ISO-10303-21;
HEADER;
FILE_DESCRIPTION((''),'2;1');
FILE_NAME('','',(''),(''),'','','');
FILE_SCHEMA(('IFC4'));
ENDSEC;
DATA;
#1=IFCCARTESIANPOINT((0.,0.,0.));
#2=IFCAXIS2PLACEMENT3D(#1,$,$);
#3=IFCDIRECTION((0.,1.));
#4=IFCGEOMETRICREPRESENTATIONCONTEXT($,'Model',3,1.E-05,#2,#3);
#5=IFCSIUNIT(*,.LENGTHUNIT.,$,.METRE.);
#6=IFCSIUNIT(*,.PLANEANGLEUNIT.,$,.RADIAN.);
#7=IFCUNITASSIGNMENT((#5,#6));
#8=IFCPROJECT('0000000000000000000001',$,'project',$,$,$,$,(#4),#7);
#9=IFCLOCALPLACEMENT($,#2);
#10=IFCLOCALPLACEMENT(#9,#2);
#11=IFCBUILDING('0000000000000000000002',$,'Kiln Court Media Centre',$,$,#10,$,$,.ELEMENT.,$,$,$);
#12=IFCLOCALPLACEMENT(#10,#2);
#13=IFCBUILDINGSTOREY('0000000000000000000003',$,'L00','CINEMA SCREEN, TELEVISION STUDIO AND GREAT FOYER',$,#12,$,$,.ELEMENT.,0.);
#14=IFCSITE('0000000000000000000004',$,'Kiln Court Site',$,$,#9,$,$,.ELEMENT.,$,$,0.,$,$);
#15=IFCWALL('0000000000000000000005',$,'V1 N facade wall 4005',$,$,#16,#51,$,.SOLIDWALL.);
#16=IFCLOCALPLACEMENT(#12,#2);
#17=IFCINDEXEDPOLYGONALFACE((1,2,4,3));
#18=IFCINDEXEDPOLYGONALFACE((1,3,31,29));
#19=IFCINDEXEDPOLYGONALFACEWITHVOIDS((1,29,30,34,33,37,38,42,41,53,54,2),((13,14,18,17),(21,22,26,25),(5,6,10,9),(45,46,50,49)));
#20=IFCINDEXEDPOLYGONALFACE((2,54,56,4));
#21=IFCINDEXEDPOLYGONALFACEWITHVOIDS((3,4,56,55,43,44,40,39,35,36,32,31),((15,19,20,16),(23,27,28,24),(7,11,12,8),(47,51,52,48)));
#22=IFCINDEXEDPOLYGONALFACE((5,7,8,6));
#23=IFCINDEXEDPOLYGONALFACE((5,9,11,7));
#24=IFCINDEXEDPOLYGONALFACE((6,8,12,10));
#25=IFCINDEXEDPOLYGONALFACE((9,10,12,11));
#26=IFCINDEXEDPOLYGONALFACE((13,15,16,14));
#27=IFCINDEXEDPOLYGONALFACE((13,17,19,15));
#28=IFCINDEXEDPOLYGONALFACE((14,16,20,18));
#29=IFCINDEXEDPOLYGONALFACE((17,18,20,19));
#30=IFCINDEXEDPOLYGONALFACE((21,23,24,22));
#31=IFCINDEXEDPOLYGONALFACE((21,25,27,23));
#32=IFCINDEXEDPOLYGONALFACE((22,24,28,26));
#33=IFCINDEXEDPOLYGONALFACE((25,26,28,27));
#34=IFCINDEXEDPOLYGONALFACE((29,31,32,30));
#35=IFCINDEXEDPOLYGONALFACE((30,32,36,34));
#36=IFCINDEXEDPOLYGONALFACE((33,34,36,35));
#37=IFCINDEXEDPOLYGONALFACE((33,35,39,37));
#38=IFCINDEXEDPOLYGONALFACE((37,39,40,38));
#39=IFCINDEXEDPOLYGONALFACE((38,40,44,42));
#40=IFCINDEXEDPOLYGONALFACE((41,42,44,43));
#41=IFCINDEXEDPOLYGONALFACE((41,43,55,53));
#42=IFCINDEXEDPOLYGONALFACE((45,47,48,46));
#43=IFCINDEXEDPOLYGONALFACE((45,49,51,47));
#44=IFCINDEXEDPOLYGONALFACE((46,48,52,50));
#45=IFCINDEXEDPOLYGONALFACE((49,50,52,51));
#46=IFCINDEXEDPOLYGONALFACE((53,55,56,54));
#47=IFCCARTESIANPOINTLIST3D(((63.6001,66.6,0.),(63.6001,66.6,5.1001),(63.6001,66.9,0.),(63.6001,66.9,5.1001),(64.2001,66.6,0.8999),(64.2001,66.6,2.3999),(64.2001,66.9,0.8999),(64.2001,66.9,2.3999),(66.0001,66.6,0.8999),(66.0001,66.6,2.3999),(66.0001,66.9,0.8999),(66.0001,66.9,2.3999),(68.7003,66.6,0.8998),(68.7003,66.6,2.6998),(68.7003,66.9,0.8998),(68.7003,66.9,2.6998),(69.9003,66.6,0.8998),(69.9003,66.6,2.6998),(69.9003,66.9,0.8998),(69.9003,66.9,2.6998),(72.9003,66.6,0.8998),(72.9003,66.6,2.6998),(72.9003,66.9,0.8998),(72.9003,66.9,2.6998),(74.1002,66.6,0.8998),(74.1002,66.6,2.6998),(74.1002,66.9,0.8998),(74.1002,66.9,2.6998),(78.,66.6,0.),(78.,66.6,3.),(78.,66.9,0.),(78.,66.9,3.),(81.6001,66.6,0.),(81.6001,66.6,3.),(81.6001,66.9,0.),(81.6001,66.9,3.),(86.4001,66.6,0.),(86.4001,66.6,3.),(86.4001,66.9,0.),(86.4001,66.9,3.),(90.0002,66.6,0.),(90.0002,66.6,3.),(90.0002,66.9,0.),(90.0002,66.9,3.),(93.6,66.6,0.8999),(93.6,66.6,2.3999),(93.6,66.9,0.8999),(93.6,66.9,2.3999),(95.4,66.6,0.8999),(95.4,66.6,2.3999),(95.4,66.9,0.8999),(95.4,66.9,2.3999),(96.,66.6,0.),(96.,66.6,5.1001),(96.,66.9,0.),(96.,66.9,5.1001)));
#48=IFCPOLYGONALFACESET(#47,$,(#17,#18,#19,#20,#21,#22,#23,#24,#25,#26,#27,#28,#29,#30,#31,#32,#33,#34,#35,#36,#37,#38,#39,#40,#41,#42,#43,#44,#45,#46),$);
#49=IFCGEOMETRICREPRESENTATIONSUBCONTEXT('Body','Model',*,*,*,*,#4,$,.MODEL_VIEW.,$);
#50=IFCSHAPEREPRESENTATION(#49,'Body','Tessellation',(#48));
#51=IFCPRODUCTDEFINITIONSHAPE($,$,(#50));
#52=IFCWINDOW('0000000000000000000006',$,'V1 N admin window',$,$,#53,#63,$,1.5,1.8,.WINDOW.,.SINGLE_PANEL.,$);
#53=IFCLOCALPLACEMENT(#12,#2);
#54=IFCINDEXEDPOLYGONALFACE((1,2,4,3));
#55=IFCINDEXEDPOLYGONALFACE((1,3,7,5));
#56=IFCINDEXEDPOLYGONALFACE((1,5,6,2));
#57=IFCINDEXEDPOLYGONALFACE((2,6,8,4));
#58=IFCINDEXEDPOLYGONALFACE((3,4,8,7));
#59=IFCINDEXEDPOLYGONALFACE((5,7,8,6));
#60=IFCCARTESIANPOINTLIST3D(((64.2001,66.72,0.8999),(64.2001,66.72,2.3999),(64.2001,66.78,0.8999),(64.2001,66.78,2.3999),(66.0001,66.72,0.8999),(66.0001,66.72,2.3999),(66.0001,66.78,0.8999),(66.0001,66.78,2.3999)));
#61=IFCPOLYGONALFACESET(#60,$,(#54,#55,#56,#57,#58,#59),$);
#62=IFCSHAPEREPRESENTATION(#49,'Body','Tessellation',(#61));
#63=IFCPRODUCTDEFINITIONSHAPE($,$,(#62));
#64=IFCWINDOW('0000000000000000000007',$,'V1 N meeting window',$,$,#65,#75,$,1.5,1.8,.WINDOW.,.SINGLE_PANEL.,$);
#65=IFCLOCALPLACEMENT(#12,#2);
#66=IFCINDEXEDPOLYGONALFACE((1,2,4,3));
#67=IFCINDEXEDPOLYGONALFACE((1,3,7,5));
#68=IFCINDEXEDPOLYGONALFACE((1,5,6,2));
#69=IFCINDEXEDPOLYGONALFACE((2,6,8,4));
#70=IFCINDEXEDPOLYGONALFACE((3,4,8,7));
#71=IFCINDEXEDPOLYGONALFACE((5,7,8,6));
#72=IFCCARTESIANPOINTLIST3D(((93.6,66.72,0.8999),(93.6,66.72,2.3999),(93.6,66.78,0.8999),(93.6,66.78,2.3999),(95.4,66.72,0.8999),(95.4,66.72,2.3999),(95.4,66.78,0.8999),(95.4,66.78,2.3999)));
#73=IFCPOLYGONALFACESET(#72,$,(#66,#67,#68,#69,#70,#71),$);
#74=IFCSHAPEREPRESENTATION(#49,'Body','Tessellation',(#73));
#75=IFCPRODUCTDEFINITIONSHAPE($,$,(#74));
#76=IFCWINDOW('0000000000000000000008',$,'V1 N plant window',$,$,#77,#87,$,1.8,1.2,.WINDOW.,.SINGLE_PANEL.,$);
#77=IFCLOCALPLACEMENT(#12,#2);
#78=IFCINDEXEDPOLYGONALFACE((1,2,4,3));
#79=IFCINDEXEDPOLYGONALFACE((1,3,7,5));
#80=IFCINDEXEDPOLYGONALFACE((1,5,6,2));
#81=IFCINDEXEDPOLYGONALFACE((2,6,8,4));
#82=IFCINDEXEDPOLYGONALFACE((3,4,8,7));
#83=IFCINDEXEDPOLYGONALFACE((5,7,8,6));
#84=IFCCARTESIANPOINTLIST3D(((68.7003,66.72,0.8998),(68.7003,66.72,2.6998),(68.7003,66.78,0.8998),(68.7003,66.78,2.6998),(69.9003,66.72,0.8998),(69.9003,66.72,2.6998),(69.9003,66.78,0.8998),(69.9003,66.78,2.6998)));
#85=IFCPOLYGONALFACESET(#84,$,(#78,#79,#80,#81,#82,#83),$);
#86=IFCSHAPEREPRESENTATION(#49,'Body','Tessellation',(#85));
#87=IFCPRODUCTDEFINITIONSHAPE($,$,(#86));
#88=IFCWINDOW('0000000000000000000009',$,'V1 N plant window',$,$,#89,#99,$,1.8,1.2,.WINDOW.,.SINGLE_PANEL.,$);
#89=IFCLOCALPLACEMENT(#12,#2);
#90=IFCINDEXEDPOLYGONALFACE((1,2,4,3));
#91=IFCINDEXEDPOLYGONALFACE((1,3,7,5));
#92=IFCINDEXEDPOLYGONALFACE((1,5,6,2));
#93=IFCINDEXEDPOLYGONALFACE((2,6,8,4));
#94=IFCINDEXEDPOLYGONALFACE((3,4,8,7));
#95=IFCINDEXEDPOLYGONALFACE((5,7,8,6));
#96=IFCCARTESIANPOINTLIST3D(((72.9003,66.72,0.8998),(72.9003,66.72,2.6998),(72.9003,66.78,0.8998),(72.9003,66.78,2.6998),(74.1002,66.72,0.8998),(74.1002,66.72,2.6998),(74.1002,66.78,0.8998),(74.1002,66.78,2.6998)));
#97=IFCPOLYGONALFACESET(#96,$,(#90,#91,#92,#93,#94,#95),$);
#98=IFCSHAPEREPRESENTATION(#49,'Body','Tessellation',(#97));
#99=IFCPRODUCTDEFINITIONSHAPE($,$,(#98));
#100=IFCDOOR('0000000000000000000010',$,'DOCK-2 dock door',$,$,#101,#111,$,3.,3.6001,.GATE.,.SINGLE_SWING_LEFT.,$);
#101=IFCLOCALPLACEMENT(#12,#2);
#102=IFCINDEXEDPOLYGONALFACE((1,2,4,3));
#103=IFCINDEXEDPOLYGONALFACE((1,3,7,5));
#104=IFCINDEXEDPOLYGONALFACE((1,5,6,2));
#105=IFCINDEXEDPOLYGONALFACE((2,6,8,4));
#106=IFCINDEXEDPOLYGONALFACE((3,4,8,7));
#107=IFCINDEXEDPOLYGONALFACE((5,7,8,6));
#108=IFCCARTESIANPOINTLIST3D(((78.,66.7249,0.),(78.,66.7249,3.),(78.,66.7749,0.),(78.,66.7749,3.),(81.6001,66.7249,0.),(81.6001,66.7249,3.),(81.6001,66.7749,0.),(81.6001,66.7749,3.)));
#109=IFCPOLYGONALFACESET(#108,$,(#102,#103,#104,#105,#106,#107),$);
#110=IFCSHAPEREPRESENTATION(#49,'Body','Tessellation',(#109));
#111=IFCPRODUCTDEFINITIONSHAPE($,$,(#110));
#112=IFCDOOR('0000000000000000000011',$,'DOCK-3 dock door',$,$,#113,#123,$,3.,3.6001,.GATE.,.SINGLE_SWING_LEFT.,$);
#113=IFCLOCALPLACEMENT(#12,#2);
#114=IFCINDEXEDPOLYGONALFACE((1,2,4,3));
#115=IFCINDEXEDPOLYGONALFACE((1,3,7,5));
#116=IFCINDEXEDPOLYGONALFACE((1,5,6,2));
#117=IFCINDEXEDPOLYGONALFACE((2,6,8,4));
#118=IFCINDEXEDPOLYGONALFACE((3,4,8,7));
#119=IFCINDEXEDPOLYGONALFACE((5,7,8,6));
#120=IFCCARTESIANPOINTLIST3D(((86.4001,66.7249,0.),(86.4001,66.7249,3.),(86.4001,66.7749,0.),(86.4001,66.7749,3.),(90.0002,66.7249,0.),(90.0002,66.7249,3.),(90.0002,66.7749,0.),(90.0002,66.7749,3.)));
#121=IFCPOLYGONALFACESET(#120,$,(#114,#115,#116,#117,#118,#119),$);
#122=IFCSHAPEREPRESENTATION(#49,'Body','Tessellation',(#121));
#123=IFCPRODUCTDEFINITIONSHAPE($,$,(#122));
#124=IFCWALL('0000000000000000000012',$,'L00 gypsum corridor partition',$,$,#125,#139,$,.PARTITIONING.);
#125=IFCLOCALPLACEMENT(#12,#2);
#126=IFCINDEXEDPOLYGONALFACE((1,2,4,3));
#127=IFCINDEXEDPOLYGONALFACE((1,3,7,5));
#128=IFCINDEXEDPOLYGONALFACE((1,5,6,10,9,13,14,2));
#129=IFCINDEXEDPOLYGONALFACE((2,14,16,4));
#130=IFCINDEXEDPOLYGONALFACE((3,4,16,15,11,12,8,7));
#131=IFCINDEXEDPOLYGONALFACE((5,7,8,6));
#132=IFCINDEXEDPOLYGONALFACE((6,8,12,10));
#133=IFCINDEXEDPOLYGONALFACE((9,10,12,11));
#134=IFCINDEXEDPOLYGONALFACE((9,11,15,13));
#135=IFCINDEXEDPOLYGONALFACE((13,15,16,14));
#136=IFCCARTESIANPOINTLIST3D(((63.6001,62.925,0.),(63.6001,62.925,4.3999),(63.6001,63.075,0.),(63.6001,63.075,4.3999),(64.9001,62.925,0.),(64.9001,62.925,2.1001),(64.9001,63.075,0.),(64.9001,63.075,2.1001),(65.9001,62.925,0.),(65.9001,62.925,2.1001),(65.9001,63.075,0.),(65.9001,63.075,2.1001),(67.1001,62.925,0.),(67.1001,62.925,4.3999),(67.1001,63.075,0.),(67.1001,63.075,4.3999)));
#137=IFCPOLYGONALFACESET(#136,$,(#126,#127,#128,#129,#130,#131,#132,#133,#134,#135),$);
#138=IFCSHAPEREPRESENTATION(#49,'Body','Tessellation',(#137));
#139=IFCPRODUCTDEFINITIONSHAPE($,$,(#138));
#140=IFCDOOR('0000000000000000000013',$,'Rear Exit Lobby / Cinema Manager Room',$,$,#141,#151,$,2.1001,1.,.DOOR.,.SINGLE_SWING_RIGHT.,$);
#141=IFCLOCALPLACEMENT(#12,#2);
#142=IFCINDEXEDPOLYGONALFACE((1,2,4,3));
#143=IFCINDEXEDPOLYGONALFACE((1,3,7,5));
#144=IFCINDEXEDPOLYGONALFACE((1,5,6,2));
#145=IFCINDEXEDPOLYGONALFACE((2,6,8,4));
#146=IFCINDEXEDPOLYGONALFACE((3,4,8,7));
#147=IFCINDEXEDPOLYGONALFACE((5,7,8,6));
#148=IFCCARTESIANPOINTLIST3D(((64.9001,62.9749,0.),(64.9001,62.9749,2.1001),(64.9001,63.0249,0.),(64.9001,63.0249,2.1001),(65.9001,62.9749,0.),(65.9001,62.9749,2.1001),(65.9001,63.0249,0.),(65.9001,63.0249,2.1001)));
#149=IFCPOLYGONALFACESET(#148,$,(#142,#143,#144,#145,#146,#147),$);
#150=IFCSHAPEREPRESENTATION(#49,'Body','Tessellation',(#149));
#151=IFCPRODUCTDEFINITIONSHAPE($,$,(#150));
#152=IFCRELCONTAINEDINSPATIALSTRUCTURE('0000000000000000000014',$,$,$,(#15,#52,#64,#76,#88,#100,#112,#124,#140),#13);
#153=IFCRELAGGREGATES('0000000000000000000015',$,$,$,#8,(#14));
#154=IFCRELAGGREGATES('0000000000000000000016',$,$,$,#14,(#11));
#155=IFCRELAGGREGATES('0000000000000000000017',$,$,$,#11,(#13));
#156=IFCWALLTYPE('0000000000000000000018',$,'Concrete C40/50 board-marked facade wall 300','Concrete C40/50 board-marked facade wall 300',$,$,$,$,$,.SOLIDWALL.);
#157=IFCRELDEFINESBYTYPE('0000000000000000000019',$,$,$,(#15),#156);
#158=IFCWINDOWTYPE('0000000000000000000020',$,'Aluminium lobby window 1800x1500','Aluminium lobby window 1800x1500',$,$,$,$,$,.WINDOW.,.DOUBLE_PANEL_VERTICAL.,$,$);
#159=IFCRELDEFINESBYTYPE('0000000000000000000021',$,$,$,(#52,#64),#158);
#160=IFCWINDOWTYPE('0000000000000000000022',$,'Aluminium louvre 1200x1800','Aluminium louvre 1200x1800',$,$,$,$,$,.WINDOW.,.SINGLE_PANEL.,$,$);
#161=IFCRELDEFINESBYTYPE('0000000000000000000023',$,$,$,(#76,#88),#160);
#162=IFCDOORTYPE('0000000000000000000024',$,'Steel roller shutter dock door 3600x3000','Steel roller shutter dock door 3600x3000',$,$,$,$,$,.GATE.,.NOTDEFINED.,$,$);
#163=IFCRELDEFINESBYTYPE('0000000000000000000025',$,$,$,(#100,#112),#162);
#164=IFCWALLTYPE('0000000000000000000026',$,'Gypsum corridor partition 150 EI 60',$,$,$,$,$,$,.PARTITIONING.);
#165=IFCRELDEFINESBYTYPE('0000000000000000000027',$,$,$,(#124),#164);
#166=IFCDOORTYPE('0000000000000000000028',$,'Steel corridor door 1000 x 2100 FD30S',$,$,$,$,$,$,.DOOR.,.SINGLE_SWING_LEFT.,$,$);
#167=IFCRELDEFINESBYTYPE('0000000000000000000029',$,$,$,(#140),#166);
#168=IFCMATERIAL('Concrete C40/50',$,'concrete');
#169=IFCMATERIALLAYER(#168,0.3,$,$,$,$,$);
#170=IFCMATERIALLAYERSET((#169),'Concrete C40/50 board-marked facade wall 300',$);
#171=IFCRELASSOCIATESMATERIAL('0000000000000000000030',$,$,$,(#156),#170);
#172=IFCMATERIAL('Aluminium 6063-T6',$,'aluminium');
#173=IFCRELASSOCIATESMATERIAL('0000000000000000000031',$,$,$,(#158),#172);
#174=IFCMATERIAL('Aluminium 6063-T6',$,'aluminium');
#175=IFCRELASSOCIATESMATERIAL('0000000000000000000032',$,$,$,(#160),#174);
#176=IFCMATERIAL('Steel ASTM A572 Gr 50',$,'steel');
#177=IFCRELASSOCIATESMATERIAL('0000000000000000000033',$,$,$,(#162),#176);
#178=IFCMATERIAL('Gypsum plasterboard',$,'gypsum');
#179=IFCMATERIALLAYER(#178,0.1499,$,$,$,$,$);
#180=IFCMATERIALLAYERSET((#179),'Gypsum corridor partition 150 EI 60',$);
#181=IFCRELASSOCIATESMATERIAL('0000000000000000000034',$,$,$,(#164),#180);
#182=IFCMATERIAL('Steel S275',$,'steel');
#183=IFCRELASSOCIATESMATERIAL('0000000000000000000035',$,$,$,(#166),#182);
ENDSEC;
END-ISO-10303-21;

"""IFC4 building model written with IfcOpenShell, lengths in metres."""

from ifc_helpers import new_model, si_unit, direction, frame, frame_2d, origin, place, context, subcontext, project, spatial, rectangle, extrude, material, layer, layer_set, type_object, element, fill, save


model = new_model("IFC4")

# Units and contexts
model_context = context("Model", 3, precision=1e-05, world=origin(), true_north=direction((0.0, 1.0)))
body_context = subcontext(model_context, "Body", "Model", "MODEL_VIEW")
ifc_project = project(units=[si_unit("LENGTHUNIT", "METRE"), si_unit("PLANEANGLEUNIT", "RADIAN")], contexts=[model_context])

# Site, building, storey
site_placement = place(None, origin())
site = spatial("IfcSite", under=ifc_project, at=site_placement, Name="Kiln Court Site", CompositionType="ELEMENT", RefElevation=0.0)
building_placement = place(site_placement, origin())
building = spatial("IfcBuilding", under=site, at=building_placement, Name="Kiln Court Media Centre", CompositionType="ELEMENT")
storey_placement = place(building_placement, origin())
storey = spatial("IfcBuildingStorey", under=building, at=storey_placement, Name="L00", Description="CINEMA SCREEN, TELEVISION STUDIO AND GREAT FOYER", CompositionType="ELEMENT", Elevation=0.0)

# Wall, openings, windows, doors
ifc_material_1 = material(Name="Concrete C40/50", Category="concrete")
ifc_layer_1 = layer(ifc_material_1, 0.3)
ifc_layer_set_1 = layer_set([ifc_layer_1], Name="Concrete C40/50 board-marked facade wall 300")
wall_type_1 = type_object("IfcWallType", Name="Concrete C40/50 board-marked facade wall 300", Description="Concrete C40/50 board-marked facade wall 300", PredefinedType="SOLIDWALL", material=ifc_layer_set_1)
wall_1_placement = place(storey_placement, frame((63.6001, 66.75, 0.0), z_axis=(0.0, 0.0, 1.0), x_axis=(1.0, 0.0, 0.0)))
wall_1 = element("IfcWall", 1, at=wall_1_placement, inside=storey, type_object=wall_type_1, Name="V1 N facade wall 4005", PredefinedType="SOLIDWALL", context=body_context, shape_type="SweptSolid", body=[
    extrude(rectangle(XDim=32.3999, YDim=0.3, at=frame_2d((16.2, 0.0))), origin(), (0.0, 0.0, 1.0), 5.1001),
])
opening_1_placement = place(wall_1_placement, frame((14.3999, 0.0, 0.0)))
opening_1 = element("IfcOpeningElement", 2, at=opening_1_placement, cuts=wall_1, PredefinedType="OPENING", context=body_context, shape_type="SweptSolid", body=[
    extrude(rectangle(XDim=3.6001, YDim=3.0, at=frame_2d((1.8, 1.5))), frame((0.0, 0.1599, 0.0), z_axis=(0.0, -1.0, 0.0), x_axis=(1.0, 0.0, 0.0)), (0.0, 0.0, 1.0), 0.3201),
])
opening_2_placement = place(wall_1_placement, frame((22.8, 0.0, 0.0)))
opening_2 = element("IfcOpeningElement", 3, at=opening_2_placement, cuts=wall_1, PredefinedType="OPENING", context=body_context, shape_type="SweptSolid", body=[
    extrude(rectangle(XDim=3.6001, YDim=3.0, at=frame_2d((1.8, 1.5))), frame((0.0, 0.1599, 0.0), z_axis=(0.0, -1.0, 0.0), x_axis=(1.0, 0.0, 0.0)), (0.0, 0.0, 1.0), 0.3201),
])
opening_3_placement = place(wall_1_placement, frame((0.6001, 0.0, 0.8999)))
opening_3 = element("IfcOpeningElement", 4, at=opening_3_placement, cuts=wall_1, PredefinedType="OPENING", context=body_context, shape_type="SweptSolid", body=[
    extrude(rectangle(XDim=1.8, YDim=1.5, at=frame_2d((0.8999, 0.75))), frame((0.0, 0.1599, 0.0), z_axis=(0.0, -1.0, 0.0), x_axis=(1.0, 0.0, 0.0)), (0.0, 0.0, 1.0), 0.3201),
])
opening_4_placement = place(wall_1_placement, frame((5.1001, 0.0, 0.8999)))
opening_4 = element("IfcOpeningElement", 5, at=opening_4_placement, cuts=wall_1, PredefinedType="OPENING", context=body_context, shape_type="SweptSolid", body=[
    extrude(rectangle(XDim=1.2, YDim=1.8, at=frame_2d((0.6001, 0.8999))), frame((0.0, 0.1599, 0.0), z_axis=(0.0, -1.0, 0.0), x_axis=(1.0, 0.0, 0.0)), (0.0, 0.0, 1.0), 0.3201),
])
opening_5_placement = place(wall_1_placement, frame((9.3, 0.0, 0.8999)))
opening_5 = element("IfcOpeningElement", 6, at=opening_5_placement, cuts=wall_1, PredefinedType="OPENING", context=body_context, shape_type="SweptSolid", body=[
    extrude(rectangle(XDim=1.2, YDim=1.8, at=frame_2d((0.6001, 0.8999))), frame((0.0, 0.1599, 0.0), z_axis=(0.0, -1.0, 0.0), x_axis=(1.0, 0.0, 0.0)), (0.0, 0.0, 1.0), 0.3201),
])
opening_6_placement = place(wall_1_placement, frame((30.0, 0.0, 0.8999)))
opening_6 = element("IfcOpeningElement", 7, at=opening_6_placement, cuts=wall_1, PredefinedType="OPENING", context=body_context, shape_type="SweptSolid", body=[
    extrude(rectangle(XDim=1.8, YDim=1.5, at=frame_2d((0.8999, 0.75))), frame((0.0, 0.1599, 0.0), z_axis=(0.0, -1.0, 0.0), x_axis=(1.0, 0.0, 0.0)), (0.0, 0.0, 1.0), 0.3201),
])
ifc_material_2 = material(Name="Aluminium 6063-T6", Category="aluminium")
window_type_1 = type_object("IfcWindowType", Name="Aluminium lobby window 1800x1500", Description="Aluminium lobby window 1800x1500", PartitioningType="DOUBLE_PANEL_VERTICAL", PredefinedType="WINDOW", material=ifc_material_2)
window_1_placement = place(opening_3_placement, origin())
window_1 = element("IfcWindow", 8, at=window_1_placement, inside=storey, type_object=window_type_1, Name="V1 N admin window", OverallHeight=1.5, OverallWidth=1.8, PartitioningType="SINGLE_PANEL", PredefinedType="WINDOW", context=body_context, shape_type="SweptSolid", body=[
    extrude(rectangle(XDim=1.8, YDim=1.5, at=frame_2d((0.8999, 0.75))), frame((0.0, 0.03, 0.0), z_axis=(0.0, -1.0, 0.0), x_axis=(1.0, 0.0, 0.0)), (0.0, 0.0, 1.0), 0.0601),
])
fill(opening_3, window_1)
window_2_placement = place(opening_6_placement, origin())
window_2 = element("IfcWindow", 9, at=window_2_placement, inside=storey, type_object=window_type_1, Name="V1 N meeting window", OverallHeight=1.5, OverallWidth=1.8, PartitioningType="SINGLE_PANEL", PredefinedType="WINDOW", context=body_context, shape_type="SweptSolid", body=[
    extrude(rectangle(XDim=1.8, YDim=1.5, at=frame_2d((0.8999, 0.75))), frame((0.0, 0.03, 0.0), z_axis=(0.0, -1.0, 0.0), x_axis=(1.0, 0.0, 0.0)), (0.0, 0.0, 1.0), 0.0601),
])
fill(opening_6, window_2)
ifc_material_3 = material(Name="Aluminium 6063-T6", Category="aluminium")
window_type_2 = type_object("IfcWindowType", Name="Aluminium louvre 1200x1800", Description="Aluminium louvre 1200x1800", PartitioningType="SINGLE_PANEL", PredefinedType="WINDOW", material=ifc_material_3)
window_3_placement = place(opening_4_placement, origin())
window_3 = element("IfcWindow", 10, at=window_3_placement, inside=storey, type_object=window_type_2, Name="V1 N plant window", OverallHeight=1.8, OverallWidth=1.2, PartitioningType="SINGLE_PANEL", PredefinedType="WINDOW", context=body_context, shape_type="SweptSolid", body=[
    extrude(rectangle(XDim=1.2, YDim=1.8, at=frame_2d((0.6001, 0.8999))), frame((0.0, 0.03, 0.0), z_axis=(0.0, -1.0, 0.0), x_axis=(1.0, 0.0, 0.0)), (0.0, 0.0, 1.0), 0.0601),
])
fill(opening_4, window_3)
window_4_placement = place(opening_5_placement, origin())
window_4 = element("IfcWindow", 11, at=window_4_placement, inside=storey, type_object=window_type_2, Name="V1 N plant window", OverallHeight=1.8, OverallWidth=1.2, PartitioningType="SINGLE_PANEL", PredefinedType="WINDOW", context=body_context, shape_type="SweptSolid", body=[
    extrude(rectangle(XDim=1.2, YDim=1.8, at=frame_2d((0.6001, 0.8999))), frame((0.0, 0.03, 0.0), z_axis=(0.0, -1.0, 0.0), x_axis=(1.0, 0.0, 0.0)), (0.0, 0.0, 1.0), 0.0601),
])
fill(opening_5, window_4)
ifc_material_4 = material(Name="Steel ASTM A572 Gr 50", Category="steel")
door_type_1 = type_object("IfcDoorType", Name="Steel roller shutter dock door 3600x3000", Description="Steel roller shutter dock door 3600x3000", OperationType="NOTDEFINED", PredefinedType="GATE", material=ifc_material_4)
door_1_placement = place(opening_1_placement, origin())
door_1 = element("IfcDoor", 12, at=door_1_placement, inside=storey, type_object=door_type_1, Name="DOCK-2 dock door", OperationType="SINGLE_SWING_LEFT", OverallHeight=3.0, OverallWidth=3.6001, PredefinedType="GATE", context=body_context, shape_type="SweptSolid", body=[
    extrude(rectangle(XDim=3.6001, YDim=3.0, at=frame_2d((1.8, 1.5))), frame((0.0, 0.0249, 0.0), z_axis=(0.0, -1.0, 0.0), x_axis=(1.0, 0.0, 0.0)), (0.0, 0.0, 1.0), 0.05),
])
fill(opening_1, door_1)
door_2_placement = place(opening_2_placement, origin())
door_2 = element("IfcDoor", 13, at=door_2_placement, inside=storey, type_object=door_type_1, Name="DOCK-3 dock door", OperationType="SINGLE_SWING_LEFT", OverallHeight=3.0, OverallWidth=3.6001, PredefinedType="GATE", context=body_context, shape_type="SweptSolid", body=[
    extrude(rectangle(XDim=3.6001, YDim=3.0, at=frame_2d((1.8, 1.5))), frame((0.0, 0.0249, 0.0), z_axis=(0.0, -1.0, 0.0), x_axis=(1.0, 0.0, 0.0)), (0.0, 0.0, 1.0), 0.05),
])
fill(opening_2, door_2)

# Wall, opening, door
ifc_material_5 = material(Name="Gypsum plasterboard", Category="gypsum")
ifc_layer_2 = layer(ifc_material_5, 0.1499)
ifc_layer_set_2 = layer_set([ifc_layer_2], Name="Gypsum corridor partition 150 EI 60")
wall_type_2 = type_object("IfcWallType", Name="Gypsum corridor partition 150 EI 60", PredefinedType="PARTITIONING", material=ifc_layer_set_2)
wall_2_placement = place(storey_placement, frame((63.6001, 63.0, 0.0), z_axis=(0.0, 0.0, 1.0), x_axis=(1.0, 0.0, 0.0)))
wall_2 = element("IfcWall", 14, at=wall_2_placement, inside=storey, type_object=wall_type_2, Name="L00 gypsum corridor partition", PredefinedType="PARTITIONING", context=body_context, shape_type="SweptSolid", body=[
    extrude(rectangle(XDim=3.5, YDim=0.1499, at=frame_2d((1.75, 0.0))), origin(), (0.0, 0.0, 1.0), 4.3999),
])
opening_7_placement = place(wall_2_placement, frame((1.3, 0.0, 0.0)))
opening_7 = element("IfcOpeningElement", 15, at=opening_7_placement, cuts=wall_2, PredefinedType="OPENING", context=body_context, shape_type="SweptSolid", body=[
    extrude(rectangle(XDim=1.0, YDim=2.1001, at=frame_2d((0.5, 1.05))), frame((0.0, 0.085, 0.0), z_axis=(0.0, -1.0, 0.0), x_axis=(1.0, 0.0, 0.0)), (0.0, 0.0, 1.0), 0.1699),
])
ifc_material_6 = material(Name="Steel S275", Category="steel")
door_type_2 = type_object("IfcDoorType", Name="Steel corridor door 1000 x 2100 FD30S", OperationType="SINGLE_SWING_LEFT", PredefinedType="DOOR", material=ifc_material_6)
door_3_placement = place(opening_7_placement, origin())
door_3 = element("IfcDoor", 16, at=door_3_placement, inside=storey, type_object=door_type_2, Name="Rear Exit Lobby / Cinema Manager Room", OperationType="SINGLE_SWING_RIGHT", OverallHeight=2.1001, OverallWidth=1.0, PredefinedType="DOOR", context=body_context, shape_type="SweptSolid", body=[
    extrude(rectangle(XDim=1.0, YDim=2.1001, at=frame_2d((0.5, 1.05))), frame((0.0, 0.0249, 0.0), z_axis=(0.0, -1.0, 0.0), x_axis=(1.0, 0.0, 0.0)), (0.0, 0.0, 1.0), 0.05),
])
fill(opening_7, door_3)

save(model, "model.ifc")
